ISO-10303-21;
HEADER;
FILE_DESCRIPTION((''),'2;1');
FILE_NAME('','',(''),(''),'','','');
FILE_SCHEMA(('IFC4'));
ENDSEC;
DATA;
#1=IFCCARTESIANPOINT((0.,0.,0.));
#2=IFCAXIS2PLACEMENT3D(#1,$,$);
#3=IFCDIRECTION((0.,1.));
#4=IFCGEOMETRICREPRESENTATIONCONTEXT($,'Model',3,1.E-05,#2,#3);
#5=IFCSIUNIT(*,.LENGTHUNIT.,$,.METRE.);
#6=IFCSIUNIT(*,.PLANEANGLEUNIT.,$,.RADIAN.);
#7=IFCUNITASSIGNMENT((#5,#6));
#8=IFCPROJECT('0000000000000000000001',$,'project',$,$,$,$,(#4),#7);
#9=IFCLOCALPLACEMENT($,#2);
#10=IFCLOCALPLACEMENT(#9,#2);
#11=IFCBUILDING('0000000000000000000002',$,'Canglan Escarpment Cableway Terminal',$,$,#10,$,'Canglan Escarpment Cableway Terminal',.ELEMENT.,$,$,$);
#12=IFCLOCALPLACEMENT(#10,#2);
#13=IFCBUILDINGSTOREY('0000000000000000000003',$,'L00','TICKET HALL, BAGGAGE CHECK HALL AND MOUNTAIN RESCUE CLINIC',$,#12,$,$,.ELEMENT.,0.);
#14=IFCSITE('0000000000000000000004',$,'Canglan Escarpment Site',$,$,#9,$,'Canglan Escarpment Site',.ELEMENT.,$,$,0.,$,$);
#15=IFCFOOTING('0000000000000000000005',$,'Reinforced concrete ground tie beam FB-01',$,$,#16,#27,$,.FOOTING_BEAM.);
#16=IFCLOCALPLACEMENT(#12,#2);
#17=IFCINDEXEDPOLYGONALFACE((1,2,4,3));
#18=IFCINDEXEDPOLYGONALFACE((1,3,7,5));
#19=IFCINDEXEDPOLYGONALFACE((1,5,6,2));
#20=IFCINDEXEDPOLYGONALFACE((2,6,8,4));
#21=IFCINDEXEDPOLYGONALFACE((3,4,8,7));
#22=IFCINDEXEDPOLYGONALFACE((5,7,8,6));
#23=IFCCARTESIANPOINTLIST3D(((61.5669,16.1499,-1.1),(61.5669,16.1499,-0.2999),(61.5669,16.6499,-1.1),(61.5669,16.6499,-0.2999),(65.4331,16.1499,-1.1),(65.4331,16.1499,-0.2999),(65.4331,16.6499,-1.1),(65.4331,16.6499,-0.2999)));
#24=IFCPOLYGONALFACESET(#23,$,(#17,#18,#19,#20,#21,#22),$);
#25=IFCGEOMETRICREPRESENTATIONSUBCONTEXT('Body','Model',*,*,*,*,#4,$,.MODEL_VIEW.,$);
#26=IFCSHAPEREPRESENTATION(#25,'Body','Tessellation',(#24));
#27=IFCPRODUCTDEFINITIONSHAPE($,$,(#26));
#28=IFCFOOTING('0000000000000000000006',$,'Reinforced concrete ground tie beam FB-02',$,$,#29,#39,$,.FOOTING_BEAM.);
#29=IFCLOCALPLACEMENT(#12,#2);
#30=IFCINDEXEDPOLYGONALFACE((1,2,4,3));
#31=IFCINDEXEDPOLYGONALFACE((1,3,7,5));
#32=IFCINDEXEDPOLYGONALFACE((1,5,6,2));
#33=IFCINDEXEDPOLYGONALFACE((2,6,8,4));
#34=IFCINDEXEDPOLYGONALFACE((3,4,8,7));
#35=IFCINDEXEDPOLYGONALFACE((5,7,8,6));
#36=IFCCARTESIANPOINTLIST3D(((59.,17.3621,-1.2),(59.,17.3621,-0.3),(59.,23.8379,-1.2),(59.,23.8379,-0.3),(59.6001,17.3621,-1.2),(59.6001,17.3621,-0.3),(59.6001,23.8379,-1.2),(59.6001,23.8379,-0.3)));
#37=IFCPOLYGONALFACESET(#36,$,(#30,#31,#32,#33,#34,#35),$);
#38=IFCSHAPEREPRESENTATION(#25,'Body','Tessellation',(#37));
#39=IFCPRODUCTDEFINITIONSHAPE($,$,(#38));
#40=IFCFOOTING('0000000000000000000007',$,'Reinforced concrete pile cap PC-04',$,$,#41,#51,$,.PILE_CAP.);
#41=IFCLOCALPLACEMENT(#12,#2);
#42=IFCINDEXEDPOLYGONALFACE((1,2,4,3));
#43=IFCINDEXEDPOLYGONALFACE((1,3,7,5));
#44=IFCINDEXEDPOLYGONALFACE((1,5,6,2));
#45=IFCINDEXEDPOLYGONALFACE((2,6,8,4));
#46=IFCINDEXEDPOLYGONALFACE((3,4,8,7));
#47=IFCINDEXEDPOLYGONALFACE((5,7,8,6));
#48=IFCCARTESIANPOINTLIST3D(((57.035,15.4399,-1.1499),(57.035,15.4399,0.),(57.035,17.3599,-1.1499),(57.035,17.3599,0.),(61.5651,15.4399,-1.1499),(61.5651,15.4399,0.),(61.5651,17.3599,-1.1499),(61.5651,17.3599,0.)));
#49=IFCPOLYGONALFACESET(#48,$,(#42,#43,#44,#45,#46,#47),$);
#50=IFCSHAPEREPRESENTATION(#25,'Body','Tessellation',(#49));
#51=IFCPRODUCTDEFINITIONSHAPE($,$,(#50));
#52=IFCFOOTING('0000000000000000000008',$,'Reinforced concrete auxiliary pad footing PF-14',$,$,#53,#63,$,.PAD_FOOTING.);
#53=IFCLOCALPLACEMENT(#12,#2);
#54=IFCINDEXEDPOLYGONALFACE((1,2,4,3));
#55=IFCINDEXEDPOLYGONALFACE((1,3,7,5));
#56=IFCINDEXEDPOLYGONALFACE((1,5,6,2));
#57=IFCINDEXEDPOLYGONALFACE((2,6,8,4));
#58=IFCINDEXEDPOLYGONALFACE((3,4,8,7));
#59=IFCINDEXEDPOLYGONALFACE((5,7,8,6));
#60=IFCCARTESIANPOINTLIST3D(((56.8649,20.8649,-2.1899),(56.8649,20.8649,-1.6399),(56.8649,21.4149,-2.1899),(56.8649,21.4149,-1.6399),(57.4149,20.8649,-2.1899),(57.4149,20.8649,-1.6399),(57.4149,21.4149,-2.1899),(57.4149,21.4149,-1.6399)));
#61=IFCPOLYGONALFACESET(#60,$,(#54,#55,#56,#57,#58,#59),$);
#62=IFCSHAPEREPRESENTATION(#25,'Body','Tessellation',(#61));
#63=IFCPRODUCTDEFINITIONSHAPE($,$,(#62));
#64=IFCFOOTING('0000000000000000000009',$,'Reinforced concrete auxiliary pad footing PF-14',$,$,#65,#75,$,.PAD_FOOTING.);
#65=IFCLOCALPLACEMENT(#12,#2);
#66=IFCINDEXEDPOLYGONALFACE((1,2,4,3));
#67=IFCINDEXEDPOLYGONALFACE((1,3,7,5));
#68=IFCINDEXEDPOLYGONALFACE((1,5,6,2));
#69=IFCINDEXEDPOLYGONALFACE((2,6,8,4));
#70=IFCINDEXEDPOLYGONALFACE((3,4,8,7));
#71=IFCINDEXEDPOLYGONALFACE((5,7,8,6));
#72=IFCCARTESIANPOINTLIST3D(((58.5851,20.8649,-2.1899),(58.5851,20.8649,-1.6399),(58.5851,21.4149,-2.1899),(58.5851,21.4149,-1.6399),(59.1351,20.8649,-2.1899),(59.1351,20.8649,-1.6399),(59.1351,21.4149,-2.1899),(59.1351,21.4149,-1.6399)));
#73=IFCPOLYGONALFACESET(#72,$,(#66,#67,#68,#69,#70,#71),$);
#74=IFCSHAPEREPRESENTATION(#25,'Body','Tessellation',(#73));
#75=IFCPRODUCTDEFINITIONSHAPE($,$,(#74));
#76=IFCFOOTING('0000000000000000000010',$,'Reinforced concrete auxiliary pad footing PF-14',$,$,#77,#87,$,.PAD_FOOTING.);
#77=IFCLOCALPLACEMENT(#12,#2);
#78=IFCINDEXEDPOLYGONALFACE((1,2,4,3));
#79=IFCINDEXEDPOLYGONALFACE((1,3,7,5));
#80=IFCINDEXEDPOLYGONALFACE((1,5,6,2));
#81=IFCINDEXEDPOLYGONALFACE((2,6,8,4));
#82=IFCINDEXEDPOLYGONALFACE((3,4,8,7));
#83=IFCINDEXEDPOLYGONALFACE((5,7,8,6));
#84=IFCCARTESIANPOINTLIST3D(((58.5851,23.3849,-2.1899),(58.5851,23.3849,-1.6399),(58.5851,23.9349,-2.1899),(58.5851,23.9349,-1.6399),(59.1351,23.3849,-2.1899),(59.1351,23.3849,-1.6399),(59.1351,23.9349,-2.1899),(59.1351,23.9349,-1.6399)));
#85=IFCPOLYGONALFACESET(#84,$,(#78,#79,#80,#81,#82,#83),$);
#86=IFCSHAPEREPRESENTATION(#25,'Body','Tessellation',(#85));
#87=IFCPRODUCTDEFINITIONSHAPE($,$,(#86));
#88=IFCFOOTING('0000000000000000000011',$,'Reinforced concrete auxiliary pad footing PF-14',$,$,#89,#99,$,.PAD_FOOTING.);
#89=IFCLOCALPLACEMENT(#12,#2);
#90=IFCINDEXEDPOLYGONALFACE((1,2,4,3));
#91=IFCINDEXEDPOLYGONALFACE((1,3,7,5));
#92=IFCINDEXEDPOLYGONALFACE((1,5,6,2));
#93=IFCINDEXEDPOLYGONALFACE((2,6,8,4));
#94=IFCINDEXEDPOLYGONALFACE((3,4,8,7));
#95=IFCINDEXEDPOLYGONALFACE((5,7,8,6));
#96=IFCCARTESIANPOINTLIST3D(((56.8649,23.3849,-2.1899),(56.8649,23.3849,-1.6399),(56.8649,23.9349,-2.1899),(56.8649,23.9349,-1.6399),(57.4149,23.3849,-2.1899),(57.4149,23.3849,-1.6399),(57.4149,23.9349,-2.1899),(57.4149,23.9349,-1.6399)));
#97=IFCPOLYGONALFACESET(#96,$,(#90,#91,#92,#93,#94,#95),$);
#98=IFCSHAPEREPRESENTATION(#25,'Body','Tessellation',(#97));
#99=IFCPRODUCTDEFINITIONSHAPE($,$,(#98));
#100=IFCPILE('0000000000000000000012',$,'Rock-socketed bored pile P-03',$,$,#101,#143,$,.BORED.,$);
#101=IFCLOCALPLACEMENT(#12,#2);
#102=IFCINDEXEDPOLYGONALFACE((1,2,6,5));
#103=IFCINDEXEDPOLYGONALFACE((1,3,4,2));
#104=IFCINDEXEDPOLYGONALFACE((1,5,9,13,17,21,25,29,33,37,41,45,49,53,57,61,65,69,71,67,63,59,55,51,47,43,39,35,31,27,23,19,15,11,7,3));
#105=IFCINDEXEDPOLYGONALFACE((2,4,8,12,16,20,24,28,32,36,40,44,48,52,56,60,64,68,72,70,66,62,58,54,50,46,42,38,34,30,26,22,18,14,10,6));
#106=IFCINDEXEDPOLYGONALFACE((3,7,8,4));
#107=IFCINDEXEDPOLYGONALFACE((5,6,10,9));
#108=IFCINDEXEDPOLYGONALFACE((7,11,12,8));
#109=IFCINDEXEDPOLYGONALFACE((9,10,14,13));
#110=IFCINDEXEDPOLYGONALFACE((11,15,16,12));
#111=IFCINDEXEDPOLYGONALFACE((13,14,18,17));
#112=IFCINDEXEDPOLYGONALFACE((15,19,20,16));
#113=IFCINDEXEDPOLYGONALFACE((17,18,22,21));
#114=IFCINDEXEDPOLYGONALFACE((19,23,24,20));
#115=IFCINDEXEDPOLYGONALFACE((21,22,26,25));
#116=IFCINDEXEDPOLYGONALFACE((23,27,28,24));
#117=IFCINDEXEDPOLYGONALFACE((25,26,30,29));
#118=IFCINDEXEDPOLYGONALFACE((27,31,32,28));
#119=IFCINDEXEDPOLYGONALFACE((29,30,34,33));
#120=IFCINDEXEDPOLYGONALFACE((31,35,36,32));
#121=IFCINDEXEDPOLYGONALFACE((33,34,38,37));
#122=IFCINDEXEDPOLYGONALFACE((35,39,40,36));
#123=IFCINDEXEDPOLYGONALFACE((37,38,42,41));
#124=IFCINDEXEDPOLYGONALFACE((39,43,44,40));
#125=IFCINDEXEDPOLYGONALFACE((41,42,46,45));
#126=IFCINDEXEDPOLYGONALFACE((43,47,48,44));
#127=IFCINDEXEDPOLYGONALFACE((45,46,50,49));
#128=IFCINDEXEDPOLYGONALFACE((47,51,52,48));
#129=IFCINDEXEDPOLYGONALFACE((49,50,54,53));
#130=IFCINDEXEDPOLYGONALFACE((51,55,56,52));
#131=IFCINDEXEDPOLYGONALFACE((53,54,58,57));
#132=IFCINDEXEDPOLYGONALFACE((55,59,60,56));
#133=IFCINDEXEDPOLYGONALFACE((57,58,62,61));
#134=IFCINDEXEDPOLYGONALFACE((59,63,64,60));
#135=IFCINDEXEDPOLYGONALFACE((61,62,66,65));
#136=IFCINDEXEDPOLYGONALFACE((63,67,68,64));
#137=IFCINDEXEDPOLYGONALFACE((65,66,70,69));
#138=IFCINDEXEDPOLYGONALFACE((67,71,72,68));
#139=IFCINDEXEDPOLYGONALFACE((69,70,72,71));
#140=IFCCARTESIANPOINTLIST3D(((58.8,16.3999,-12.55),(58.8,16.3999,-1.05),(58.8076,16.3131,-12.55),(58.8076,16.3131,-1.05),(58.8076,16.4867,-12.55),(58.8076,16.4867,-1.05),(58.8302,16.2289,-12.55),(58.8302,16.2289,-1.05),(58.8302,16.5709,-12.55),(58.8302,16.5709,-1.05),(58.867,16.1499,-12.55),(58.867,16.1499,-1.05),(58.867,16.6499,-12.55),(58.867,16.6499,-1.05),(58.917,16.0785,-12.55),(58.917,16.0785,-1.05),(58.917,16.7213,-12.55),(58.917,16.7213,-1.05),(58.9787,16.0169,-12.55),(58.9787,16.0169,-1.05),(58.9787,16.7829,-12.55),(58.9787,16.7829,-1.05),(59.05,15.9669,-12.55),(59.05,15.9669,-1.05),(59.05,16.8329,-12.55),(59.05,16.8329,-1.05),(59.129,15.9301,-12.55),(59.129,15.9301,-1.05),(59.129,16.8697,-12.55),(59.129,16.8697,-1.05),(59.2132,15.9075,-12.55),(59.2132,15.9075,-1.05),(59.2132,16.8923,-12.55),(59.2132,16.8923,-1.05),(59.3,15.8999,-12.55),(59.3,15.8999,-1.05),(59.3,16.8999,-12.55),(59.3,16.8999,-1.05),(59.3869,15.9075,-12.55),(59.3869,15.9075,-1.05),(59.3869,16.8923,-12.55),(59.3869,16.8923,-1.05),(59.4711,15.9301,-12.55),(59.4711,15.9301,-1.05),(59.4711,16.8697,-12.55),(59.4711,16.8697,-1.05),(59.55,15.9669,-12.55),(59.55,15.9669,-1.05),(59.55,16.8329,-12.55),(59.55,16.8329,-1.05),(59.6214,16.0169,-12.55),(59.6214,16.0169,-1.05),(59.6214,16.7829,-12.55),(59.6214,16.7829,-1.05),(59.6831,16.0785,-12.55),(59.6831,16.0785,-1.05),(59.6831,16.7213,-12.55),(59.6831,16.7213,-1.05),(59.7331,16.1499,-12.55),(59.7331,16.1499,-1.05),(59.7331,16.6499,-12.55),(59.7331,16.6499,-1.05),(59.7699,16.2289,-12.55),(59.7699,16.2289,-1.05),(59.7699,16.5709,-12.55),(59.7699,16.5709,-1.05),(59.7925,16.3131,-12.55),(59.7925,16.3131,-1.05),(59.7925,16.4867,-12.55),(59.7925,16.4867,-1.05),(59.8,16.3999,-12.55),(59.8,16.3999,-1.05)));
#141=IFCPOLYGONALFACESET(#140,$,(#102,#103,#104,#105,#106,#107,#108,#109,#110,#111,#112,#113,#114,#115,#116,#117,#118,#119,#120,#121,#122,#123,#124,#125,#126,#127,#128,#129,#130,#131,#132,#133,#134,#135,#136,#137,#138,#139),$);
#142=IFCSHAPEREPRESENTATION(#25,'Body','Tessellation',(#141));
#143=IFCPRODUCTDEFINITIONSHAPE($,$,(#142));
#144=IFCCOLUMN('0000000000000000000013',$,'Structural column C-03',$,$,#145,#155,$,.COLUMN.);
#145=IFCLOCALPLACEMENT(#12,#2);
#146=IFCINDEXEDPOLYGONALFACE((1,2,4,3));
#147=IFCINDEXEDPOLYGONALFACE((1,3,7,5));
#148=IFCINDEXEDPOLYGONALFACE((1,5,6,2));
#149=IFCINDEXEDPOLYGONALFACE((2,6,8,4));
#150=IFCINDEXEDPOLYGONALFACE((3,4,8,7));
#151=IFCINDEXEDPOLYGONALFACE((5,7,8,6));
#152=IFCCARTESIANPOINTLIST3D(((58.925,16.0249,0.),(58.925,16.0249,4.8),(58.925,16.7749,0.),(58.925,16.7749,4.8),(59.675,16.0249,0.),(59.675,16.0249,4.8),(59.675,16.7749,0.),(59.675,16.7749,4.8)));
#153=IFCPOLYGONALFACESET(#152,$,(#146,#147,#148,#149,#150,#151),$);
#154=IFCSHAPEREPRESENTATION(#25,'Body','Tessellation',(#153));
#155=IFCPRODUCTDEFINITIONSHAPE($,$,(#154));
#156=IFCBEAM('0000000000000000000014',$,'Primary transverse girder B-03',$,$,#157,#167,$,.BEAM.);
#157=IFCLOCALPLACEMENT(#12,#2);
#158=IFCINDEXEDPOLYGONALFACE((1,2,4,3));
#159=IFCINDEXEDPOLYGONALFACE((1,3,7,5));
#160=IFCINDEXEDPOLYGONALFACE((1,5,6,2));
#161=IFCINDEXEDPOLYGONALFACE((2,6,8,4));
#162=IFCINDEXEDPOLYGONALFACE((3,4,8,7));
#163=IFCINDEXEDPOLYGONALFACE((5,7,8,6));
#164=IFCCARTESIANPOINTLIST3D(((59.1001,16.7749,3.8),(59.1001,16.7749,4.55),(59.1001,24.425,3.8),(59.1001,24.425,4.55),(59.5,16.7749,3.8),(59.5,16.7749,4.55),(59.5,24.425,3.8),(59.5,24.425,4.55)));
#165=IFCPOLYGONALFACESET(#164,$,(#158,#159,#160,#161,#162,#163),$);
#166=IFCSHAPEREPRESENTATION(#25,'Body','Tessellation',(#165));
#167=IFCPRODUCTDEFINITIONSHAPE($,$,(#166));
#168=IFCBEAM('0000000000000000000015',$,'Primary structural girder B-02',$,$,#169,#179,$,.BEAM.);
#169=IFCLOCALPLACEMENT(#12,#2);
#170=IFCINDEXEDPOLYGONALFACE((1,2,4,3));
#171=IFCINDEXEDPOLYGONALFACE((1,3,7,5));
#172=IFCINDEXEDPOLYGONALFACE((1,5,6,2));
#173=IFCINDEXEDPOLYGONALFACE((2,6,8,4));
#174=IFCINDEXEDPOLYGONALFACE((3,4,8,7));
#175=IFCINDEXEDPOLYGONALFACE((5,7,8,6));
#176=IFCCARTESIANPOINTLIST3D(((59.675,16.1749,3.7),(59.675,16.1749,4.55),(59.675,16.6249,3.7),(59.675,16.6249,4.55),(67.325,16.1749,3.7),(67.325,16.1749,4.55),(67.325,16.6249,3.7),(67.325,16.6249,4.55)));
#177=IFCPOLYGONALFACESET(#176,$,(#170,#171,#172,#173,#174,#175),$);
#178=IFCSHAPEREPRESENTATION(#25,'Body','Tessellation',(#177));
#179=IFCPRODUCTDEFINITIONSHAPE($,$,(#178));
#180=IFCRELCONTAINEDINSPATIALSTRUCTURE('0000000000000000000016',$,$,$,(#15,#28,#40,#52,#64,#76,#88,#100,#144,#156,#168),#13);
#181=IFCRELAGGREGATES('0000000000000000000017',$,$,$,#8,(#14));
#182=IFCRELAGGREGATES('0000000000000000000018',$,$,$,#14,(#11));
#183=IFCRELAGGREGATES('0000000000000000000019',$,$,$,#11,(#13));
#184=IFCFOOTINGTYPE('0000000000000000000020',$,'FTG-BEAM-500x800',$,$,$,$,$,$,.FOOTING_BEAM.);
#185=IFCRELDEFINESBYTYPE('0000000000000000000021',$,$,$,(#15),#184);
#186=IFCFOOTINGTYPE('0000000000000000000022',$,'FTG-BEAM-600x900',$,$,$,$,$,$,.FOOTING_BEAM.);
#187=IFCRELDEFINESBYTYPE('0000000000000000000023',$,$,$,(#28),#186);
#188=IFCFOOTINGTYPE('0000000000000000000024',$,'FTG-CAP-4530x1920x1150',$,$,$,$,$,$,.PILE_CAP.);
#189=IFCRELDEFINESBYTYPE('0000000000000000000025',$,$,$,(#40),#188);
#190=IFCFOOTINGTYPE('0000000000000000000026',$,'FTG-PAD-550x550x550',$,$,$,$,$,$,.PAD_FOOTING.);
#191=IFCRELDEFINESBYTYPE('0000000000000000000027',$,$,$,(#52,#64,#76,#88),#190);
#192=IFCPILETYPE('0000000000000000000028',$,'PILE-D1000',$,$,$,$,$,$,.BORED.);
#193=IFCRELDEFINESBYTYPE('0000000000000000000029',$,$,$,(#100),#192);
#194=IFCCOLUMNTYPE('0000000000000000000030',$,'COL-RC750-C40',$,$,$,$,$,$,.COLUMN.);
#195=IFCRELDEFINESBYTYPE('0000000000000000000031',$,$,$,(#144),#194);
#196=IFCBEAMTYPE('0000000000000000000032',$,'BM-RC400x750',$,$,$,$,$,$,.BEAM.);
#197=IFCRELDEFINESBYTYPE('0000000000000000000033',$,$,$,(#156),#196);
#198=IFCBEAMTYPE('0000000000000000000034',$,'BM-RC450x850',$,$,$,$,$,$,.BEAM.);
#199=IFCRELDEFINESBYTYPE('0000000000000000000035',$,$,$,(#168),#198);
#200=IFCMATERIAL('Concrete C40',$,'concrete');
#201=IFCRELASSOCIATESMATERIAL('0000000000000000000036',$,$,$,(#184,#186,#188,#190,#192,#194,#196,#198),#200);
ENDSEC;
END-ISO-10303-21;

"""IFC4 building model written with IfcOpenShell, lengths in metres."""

from ifc_helpers import new_model, si_unit, direction, frame, origin, origin_2d, place, context, subcontext, project, spatial, rectangle, circle, extrude, material, material_profile, profile_set, type_object, element, save


model = new_model("IFC4")

# Units and contexts
model_context = context("Model", 3, precision=1e-05, world=origin(), true_north=direction((0.0, 1.0)))
body_context = subcontext(model_context, "Body", "Model", "MODEL_VIEW")
ifc_project = project(units=[si_unit("LENGTHUNIT", "METRE"), si_unit("PLANEANGLEUNIT", "RADIAN")], contexts=[model_context])

# Site, building, storey
site_placement = place(None, origin())
site = spatial("IfcSite", under=ifc_project, at=site_placement, Name="Canglan Escarpment Site", LongName="Canglan Escarpment Site", CompositionType="ELEMENT", RefElevation=0.0)
building_placement = place(site_placement, origin())
building = spatial("IfcBuilding", under=site, at=building_placement, Name="Canglan Escarpment Cableway Terminal", LongName="Canglan Escarpment Cableway Terminal", CompositionType="ELEMENT")
storey_placement = place(building_placement, origin())
storey = spatial("IfcBuildingStorey", under=building, at=storey_placement, Name="L00", Description="TICKET HALL, BAGGAGE CHECK HALL AND MOUNTAIN RESCUE CLINIC", CompositionType="ELEMENT", Elevation=0.0)

# Footings
ifc_material_1 = material(Name="Concrete C40", Category="concrete")
ifc_material_profile_1 = material_profile(ifc_material_1, rectangle(XDim=0.5, YDim=0.8, at=origin_2d()), Name="FB 500x800")
ifc_profile_set_1 = profile_set([ifc_material_profile_1], Name="Concrete C40")
footing_type_1 = type_object("IfcFootingType", Name="FTG-BEAM-500x800", PredefinedType="FOOTING_BEAM", material=ifc_profile_set_1)
footing_1_placement = place(storey_placement, frame((61.5669, 16.3999, -0.7), z_axis=(1.0, 0.0, 0.0), x_axis=(0.0, 1.0, 0.0)))
element("IfcFooting", 1, at=footing_1_placement, inside=storey, type_object=footing_type_1, Name="Reinforced concrete ground tie beam FB-01", PredefinedType="FOOTING_BEAM", context=body_context, shape_type="SweptSolid", body=[
    extrude(rectangle(XDim=0.5, YDim=0.8, at=origin_2d()), origin(), (0.0, 0.0, 1.0), 3.8662),
])
ifc_material_profile_2 = material_profile(ifc_material_1, rectangle(XDim=0.6001, YDim=0.8999, at=origin_2d()), Name="FB 600x900")
ifc_profile_set_2 = profile_set([ifc_material_profile_2], Name="Concrete C40")
footing_type_2 = type_object("IfcFootingType", Name="FTG-BEAM-600x900", PredefinedType="FOOTING_BEAM", material=ifc_profile_set_2)
footing_2_placement = place(storey_placement, frame((59.3, 17.3621, -0.75), z_axis=(0.0, 1.0, 0.0), x_axis=(-1.0, 0.0, 0.0)))
element("IfcFooting", 2, at=footing_2_placement, inside=storey, type_object=footing_type_2, Name="Reinforced concrete ground tie beam FB-02", PredefinedType="FOOTING_BEAM", context=body_context, shape_type="SweptSolid", body=[
    extrude(rectangle(XDim=0.6001, YDim=0.8999, at=origin_2d()), origin(), (0.0, 0.0, 1.0), 6.4758),
])
footing_type_3 = type_object("IfcFootingType", Name="FTG-CAP-4530x1920x1150", PredefinedType="PILE_CAP", material=ifc_material_1)
footing_3_placement = place(storey_placement, frame((59.3, 16.3999, -1.1499), z_axis=(0.0, 0.0, 1.0), x_axis=(1.0, 0.0, 0.0)))
element("IfcFooting", 3, at=footing_3_placement, inside=storey, type_object=footing_type_3, Name="Reinforced concrete pile cap PC-04", PredefinedType="PILE_CAP", context=body_context, shape_type="SweptSolid", body=[
    extrude(rectangle(XDim=4.53, YDim=1.9199, at=origin_2d()), origin(), (0.0, 0.0, 1.0), 1.1499),
])
footing_type_4 = type_object("IfcFootingType", Name="FTG-PAD-550x550x550", PredefinedType="PAD_FOOTING", material=ifc_material_1)
for number, where, z_axis, x_axis, name in (
    (4, (57.1399, 21.1399, -2.1899), (0.0, 0.0, 1.0), (1.0, 0.0, 0.0), "Reinforced concrete auxiliary pad footing PF-14"),
    (5, (58.8601, 21.1399, -2.1899), (0.0, 0.0, 1.0), (1.0, 0.0, 0.0), "Reinforced concrete auxiliary pad footing PF-14"),
    (6, (58.8601, 23.6599, -2.1899), (0.0, 0.0, 1.0), (1.0, 0.0, 0.0), "Reinforced concrete auxiliary pad footing PF-14"),
    (7, (57.1399, 23.6599, -2.1899), (0.0, 0.0, 1.0), (1.0, 0.0, 0.0), "Reinforced concrete auxiliary pad footing PF-14"),
):
    element("IfcFooting", number, at=place(storey_placement, frame(where, z_axis=z_axis, x_axis=x_axis)), inside=storey, type_object=footing_type_4, Name=name, PredefinedType="PAD_FOOTING", context=body_context, shape_type="SweptSolid", body=[
        extrude(rectangle(XDim=0.55, YDim=0.55, at=origin_2d()), origin(), (0.0, 0.0, 1.0), 0.55),
    ])

# Pile
ifc_material_profile_3 = material_profile(ifc_material_1, circle(Radius=0.5, at=origin_2d()), Name="BORED PILE D1000")
ifc_profile_set_3 = profile_set([ifc_material_profile_3], Name="Concrete C40")
pile_type = type_object("IfcPileType", Name="PILE-D1000", PredefinedType="BORED", material=ifc_profile_set_3)
pile_placement = place(storey_placement, frame((59.3, 16.3999, -1.05), z_axis=(0.0, 0.0, -1.0), x_axis=(1.0, 0.0, 0.0)))
element("IfcPile", 8, at=pile_placement, inside=storey, type_object=pile_type, Name="Rock-socketed bored pile P-03", PredefinedType="BORED", context=body_context, shape_type="SweptSolid", body=[
    extrude(circle(Radius=0.5, at=origin_2d()), origin(), (0.0, 0.0, 1.0), 11.5),
])

# Column
ifc_material_profile_4 = material_profile(ifc_material_1, rectangle(XDim=0.75, YDim=0.75, at=origin_2d()), Name="RC 750x750")
ifc_profile_set_4 = profile_set([ifc_material_profile_4], Name="Concrete C40")
column_type = type_object("IfcColumnType", Name="COL-RC750-C40", PredefinedType="COLUMN", material=ifc_profile_set_4)
column_placement = place(storey_placement, frame((59.3, 16.3999, 0.0), z_axis=(0.0, 0.0, 1.0), x_axis=(1.0, 0.0, 0.0)))
element("IfcColumn", 9, at=column_placement, inside=storey, type_object=column_type, Name="Structural column C-03", PredefinedType="COLUMN", context=body_context, shape_type="SweptSolid", body=[
    extrude(rectangle(XDim=0.75, YDim=0.75, at=origin_2d()), origin(), (0.0, 0.0, 1.0), 4.8),
])

# Beams
ifc_material_profile_5 = material_profile(ifc_material_1, rectangle(XDim=0.3999, YDim=0.75, at=origin_2d()), Name="RC 400x750")
ifc_profile_set_5 = profile_set([ifc_material_profile_5], Name="Concrete C40")
beam_type_1 = type_object("IfcBeamType", Name="BM-RC400x750", PredefinedType="BEAM", material=ifc_profile_set_5)
beam_1_placement = place(storey_placement, frame((59.3, 16.7749, 4.175), z_axis=(0.0, 1.0, 0.0), x_axis=(-1.0, 0.0, 0.0)))
element("IfcBeam", 10, at=beam_1_placement, inside=storey, type_object=beam_type_1, Name="Primary transverse girder B-03", PredefinedType="BEAM", context=body_context, shape_type="SweptSolid", body=[
    extrude(rectangle(XDim=0.3999, YDim=0.75, at=origin_2d()), origin(), (0.0, 0.0, 1.0), 7.6501),
])
ifc_material_profile_6 = material_profile(ifc_material_1, rectangle(XDim=0.45, YDim=0.8501, at=origin_2d()), Name="RC 450x850")
ifc_profile_set_6 = profile_set([ifc_material_profile_6], Name="Concrete C40")
beam_type_2 = type_object("IfcBeamType", Name="BM-RC450x850", PredefinedType="BEAM", material=ifc_profile_set_6)
beam_2_placement = place(storey_placement, frame((59.675, 16.3999, 4.125), z_axis=(1.0, 0.0, 0.0), x_axis=(0.0, 1.0, 0.0)))
element("IfcBeam", 11, at=beam_2_placement, inside=storey, type_object=beam_type_2, Name="Primary structural girder B-02", PredefinedType="BEAM", context=body_context, shape_type="SweptSolid", body=[
    extrude(rectangle(XDim=0.45, YDim=0.8501, at=origin_2d()), origin(), (0.0, 0.0, 1.0), 7.6499),
])

save(model, "model.ifc")
